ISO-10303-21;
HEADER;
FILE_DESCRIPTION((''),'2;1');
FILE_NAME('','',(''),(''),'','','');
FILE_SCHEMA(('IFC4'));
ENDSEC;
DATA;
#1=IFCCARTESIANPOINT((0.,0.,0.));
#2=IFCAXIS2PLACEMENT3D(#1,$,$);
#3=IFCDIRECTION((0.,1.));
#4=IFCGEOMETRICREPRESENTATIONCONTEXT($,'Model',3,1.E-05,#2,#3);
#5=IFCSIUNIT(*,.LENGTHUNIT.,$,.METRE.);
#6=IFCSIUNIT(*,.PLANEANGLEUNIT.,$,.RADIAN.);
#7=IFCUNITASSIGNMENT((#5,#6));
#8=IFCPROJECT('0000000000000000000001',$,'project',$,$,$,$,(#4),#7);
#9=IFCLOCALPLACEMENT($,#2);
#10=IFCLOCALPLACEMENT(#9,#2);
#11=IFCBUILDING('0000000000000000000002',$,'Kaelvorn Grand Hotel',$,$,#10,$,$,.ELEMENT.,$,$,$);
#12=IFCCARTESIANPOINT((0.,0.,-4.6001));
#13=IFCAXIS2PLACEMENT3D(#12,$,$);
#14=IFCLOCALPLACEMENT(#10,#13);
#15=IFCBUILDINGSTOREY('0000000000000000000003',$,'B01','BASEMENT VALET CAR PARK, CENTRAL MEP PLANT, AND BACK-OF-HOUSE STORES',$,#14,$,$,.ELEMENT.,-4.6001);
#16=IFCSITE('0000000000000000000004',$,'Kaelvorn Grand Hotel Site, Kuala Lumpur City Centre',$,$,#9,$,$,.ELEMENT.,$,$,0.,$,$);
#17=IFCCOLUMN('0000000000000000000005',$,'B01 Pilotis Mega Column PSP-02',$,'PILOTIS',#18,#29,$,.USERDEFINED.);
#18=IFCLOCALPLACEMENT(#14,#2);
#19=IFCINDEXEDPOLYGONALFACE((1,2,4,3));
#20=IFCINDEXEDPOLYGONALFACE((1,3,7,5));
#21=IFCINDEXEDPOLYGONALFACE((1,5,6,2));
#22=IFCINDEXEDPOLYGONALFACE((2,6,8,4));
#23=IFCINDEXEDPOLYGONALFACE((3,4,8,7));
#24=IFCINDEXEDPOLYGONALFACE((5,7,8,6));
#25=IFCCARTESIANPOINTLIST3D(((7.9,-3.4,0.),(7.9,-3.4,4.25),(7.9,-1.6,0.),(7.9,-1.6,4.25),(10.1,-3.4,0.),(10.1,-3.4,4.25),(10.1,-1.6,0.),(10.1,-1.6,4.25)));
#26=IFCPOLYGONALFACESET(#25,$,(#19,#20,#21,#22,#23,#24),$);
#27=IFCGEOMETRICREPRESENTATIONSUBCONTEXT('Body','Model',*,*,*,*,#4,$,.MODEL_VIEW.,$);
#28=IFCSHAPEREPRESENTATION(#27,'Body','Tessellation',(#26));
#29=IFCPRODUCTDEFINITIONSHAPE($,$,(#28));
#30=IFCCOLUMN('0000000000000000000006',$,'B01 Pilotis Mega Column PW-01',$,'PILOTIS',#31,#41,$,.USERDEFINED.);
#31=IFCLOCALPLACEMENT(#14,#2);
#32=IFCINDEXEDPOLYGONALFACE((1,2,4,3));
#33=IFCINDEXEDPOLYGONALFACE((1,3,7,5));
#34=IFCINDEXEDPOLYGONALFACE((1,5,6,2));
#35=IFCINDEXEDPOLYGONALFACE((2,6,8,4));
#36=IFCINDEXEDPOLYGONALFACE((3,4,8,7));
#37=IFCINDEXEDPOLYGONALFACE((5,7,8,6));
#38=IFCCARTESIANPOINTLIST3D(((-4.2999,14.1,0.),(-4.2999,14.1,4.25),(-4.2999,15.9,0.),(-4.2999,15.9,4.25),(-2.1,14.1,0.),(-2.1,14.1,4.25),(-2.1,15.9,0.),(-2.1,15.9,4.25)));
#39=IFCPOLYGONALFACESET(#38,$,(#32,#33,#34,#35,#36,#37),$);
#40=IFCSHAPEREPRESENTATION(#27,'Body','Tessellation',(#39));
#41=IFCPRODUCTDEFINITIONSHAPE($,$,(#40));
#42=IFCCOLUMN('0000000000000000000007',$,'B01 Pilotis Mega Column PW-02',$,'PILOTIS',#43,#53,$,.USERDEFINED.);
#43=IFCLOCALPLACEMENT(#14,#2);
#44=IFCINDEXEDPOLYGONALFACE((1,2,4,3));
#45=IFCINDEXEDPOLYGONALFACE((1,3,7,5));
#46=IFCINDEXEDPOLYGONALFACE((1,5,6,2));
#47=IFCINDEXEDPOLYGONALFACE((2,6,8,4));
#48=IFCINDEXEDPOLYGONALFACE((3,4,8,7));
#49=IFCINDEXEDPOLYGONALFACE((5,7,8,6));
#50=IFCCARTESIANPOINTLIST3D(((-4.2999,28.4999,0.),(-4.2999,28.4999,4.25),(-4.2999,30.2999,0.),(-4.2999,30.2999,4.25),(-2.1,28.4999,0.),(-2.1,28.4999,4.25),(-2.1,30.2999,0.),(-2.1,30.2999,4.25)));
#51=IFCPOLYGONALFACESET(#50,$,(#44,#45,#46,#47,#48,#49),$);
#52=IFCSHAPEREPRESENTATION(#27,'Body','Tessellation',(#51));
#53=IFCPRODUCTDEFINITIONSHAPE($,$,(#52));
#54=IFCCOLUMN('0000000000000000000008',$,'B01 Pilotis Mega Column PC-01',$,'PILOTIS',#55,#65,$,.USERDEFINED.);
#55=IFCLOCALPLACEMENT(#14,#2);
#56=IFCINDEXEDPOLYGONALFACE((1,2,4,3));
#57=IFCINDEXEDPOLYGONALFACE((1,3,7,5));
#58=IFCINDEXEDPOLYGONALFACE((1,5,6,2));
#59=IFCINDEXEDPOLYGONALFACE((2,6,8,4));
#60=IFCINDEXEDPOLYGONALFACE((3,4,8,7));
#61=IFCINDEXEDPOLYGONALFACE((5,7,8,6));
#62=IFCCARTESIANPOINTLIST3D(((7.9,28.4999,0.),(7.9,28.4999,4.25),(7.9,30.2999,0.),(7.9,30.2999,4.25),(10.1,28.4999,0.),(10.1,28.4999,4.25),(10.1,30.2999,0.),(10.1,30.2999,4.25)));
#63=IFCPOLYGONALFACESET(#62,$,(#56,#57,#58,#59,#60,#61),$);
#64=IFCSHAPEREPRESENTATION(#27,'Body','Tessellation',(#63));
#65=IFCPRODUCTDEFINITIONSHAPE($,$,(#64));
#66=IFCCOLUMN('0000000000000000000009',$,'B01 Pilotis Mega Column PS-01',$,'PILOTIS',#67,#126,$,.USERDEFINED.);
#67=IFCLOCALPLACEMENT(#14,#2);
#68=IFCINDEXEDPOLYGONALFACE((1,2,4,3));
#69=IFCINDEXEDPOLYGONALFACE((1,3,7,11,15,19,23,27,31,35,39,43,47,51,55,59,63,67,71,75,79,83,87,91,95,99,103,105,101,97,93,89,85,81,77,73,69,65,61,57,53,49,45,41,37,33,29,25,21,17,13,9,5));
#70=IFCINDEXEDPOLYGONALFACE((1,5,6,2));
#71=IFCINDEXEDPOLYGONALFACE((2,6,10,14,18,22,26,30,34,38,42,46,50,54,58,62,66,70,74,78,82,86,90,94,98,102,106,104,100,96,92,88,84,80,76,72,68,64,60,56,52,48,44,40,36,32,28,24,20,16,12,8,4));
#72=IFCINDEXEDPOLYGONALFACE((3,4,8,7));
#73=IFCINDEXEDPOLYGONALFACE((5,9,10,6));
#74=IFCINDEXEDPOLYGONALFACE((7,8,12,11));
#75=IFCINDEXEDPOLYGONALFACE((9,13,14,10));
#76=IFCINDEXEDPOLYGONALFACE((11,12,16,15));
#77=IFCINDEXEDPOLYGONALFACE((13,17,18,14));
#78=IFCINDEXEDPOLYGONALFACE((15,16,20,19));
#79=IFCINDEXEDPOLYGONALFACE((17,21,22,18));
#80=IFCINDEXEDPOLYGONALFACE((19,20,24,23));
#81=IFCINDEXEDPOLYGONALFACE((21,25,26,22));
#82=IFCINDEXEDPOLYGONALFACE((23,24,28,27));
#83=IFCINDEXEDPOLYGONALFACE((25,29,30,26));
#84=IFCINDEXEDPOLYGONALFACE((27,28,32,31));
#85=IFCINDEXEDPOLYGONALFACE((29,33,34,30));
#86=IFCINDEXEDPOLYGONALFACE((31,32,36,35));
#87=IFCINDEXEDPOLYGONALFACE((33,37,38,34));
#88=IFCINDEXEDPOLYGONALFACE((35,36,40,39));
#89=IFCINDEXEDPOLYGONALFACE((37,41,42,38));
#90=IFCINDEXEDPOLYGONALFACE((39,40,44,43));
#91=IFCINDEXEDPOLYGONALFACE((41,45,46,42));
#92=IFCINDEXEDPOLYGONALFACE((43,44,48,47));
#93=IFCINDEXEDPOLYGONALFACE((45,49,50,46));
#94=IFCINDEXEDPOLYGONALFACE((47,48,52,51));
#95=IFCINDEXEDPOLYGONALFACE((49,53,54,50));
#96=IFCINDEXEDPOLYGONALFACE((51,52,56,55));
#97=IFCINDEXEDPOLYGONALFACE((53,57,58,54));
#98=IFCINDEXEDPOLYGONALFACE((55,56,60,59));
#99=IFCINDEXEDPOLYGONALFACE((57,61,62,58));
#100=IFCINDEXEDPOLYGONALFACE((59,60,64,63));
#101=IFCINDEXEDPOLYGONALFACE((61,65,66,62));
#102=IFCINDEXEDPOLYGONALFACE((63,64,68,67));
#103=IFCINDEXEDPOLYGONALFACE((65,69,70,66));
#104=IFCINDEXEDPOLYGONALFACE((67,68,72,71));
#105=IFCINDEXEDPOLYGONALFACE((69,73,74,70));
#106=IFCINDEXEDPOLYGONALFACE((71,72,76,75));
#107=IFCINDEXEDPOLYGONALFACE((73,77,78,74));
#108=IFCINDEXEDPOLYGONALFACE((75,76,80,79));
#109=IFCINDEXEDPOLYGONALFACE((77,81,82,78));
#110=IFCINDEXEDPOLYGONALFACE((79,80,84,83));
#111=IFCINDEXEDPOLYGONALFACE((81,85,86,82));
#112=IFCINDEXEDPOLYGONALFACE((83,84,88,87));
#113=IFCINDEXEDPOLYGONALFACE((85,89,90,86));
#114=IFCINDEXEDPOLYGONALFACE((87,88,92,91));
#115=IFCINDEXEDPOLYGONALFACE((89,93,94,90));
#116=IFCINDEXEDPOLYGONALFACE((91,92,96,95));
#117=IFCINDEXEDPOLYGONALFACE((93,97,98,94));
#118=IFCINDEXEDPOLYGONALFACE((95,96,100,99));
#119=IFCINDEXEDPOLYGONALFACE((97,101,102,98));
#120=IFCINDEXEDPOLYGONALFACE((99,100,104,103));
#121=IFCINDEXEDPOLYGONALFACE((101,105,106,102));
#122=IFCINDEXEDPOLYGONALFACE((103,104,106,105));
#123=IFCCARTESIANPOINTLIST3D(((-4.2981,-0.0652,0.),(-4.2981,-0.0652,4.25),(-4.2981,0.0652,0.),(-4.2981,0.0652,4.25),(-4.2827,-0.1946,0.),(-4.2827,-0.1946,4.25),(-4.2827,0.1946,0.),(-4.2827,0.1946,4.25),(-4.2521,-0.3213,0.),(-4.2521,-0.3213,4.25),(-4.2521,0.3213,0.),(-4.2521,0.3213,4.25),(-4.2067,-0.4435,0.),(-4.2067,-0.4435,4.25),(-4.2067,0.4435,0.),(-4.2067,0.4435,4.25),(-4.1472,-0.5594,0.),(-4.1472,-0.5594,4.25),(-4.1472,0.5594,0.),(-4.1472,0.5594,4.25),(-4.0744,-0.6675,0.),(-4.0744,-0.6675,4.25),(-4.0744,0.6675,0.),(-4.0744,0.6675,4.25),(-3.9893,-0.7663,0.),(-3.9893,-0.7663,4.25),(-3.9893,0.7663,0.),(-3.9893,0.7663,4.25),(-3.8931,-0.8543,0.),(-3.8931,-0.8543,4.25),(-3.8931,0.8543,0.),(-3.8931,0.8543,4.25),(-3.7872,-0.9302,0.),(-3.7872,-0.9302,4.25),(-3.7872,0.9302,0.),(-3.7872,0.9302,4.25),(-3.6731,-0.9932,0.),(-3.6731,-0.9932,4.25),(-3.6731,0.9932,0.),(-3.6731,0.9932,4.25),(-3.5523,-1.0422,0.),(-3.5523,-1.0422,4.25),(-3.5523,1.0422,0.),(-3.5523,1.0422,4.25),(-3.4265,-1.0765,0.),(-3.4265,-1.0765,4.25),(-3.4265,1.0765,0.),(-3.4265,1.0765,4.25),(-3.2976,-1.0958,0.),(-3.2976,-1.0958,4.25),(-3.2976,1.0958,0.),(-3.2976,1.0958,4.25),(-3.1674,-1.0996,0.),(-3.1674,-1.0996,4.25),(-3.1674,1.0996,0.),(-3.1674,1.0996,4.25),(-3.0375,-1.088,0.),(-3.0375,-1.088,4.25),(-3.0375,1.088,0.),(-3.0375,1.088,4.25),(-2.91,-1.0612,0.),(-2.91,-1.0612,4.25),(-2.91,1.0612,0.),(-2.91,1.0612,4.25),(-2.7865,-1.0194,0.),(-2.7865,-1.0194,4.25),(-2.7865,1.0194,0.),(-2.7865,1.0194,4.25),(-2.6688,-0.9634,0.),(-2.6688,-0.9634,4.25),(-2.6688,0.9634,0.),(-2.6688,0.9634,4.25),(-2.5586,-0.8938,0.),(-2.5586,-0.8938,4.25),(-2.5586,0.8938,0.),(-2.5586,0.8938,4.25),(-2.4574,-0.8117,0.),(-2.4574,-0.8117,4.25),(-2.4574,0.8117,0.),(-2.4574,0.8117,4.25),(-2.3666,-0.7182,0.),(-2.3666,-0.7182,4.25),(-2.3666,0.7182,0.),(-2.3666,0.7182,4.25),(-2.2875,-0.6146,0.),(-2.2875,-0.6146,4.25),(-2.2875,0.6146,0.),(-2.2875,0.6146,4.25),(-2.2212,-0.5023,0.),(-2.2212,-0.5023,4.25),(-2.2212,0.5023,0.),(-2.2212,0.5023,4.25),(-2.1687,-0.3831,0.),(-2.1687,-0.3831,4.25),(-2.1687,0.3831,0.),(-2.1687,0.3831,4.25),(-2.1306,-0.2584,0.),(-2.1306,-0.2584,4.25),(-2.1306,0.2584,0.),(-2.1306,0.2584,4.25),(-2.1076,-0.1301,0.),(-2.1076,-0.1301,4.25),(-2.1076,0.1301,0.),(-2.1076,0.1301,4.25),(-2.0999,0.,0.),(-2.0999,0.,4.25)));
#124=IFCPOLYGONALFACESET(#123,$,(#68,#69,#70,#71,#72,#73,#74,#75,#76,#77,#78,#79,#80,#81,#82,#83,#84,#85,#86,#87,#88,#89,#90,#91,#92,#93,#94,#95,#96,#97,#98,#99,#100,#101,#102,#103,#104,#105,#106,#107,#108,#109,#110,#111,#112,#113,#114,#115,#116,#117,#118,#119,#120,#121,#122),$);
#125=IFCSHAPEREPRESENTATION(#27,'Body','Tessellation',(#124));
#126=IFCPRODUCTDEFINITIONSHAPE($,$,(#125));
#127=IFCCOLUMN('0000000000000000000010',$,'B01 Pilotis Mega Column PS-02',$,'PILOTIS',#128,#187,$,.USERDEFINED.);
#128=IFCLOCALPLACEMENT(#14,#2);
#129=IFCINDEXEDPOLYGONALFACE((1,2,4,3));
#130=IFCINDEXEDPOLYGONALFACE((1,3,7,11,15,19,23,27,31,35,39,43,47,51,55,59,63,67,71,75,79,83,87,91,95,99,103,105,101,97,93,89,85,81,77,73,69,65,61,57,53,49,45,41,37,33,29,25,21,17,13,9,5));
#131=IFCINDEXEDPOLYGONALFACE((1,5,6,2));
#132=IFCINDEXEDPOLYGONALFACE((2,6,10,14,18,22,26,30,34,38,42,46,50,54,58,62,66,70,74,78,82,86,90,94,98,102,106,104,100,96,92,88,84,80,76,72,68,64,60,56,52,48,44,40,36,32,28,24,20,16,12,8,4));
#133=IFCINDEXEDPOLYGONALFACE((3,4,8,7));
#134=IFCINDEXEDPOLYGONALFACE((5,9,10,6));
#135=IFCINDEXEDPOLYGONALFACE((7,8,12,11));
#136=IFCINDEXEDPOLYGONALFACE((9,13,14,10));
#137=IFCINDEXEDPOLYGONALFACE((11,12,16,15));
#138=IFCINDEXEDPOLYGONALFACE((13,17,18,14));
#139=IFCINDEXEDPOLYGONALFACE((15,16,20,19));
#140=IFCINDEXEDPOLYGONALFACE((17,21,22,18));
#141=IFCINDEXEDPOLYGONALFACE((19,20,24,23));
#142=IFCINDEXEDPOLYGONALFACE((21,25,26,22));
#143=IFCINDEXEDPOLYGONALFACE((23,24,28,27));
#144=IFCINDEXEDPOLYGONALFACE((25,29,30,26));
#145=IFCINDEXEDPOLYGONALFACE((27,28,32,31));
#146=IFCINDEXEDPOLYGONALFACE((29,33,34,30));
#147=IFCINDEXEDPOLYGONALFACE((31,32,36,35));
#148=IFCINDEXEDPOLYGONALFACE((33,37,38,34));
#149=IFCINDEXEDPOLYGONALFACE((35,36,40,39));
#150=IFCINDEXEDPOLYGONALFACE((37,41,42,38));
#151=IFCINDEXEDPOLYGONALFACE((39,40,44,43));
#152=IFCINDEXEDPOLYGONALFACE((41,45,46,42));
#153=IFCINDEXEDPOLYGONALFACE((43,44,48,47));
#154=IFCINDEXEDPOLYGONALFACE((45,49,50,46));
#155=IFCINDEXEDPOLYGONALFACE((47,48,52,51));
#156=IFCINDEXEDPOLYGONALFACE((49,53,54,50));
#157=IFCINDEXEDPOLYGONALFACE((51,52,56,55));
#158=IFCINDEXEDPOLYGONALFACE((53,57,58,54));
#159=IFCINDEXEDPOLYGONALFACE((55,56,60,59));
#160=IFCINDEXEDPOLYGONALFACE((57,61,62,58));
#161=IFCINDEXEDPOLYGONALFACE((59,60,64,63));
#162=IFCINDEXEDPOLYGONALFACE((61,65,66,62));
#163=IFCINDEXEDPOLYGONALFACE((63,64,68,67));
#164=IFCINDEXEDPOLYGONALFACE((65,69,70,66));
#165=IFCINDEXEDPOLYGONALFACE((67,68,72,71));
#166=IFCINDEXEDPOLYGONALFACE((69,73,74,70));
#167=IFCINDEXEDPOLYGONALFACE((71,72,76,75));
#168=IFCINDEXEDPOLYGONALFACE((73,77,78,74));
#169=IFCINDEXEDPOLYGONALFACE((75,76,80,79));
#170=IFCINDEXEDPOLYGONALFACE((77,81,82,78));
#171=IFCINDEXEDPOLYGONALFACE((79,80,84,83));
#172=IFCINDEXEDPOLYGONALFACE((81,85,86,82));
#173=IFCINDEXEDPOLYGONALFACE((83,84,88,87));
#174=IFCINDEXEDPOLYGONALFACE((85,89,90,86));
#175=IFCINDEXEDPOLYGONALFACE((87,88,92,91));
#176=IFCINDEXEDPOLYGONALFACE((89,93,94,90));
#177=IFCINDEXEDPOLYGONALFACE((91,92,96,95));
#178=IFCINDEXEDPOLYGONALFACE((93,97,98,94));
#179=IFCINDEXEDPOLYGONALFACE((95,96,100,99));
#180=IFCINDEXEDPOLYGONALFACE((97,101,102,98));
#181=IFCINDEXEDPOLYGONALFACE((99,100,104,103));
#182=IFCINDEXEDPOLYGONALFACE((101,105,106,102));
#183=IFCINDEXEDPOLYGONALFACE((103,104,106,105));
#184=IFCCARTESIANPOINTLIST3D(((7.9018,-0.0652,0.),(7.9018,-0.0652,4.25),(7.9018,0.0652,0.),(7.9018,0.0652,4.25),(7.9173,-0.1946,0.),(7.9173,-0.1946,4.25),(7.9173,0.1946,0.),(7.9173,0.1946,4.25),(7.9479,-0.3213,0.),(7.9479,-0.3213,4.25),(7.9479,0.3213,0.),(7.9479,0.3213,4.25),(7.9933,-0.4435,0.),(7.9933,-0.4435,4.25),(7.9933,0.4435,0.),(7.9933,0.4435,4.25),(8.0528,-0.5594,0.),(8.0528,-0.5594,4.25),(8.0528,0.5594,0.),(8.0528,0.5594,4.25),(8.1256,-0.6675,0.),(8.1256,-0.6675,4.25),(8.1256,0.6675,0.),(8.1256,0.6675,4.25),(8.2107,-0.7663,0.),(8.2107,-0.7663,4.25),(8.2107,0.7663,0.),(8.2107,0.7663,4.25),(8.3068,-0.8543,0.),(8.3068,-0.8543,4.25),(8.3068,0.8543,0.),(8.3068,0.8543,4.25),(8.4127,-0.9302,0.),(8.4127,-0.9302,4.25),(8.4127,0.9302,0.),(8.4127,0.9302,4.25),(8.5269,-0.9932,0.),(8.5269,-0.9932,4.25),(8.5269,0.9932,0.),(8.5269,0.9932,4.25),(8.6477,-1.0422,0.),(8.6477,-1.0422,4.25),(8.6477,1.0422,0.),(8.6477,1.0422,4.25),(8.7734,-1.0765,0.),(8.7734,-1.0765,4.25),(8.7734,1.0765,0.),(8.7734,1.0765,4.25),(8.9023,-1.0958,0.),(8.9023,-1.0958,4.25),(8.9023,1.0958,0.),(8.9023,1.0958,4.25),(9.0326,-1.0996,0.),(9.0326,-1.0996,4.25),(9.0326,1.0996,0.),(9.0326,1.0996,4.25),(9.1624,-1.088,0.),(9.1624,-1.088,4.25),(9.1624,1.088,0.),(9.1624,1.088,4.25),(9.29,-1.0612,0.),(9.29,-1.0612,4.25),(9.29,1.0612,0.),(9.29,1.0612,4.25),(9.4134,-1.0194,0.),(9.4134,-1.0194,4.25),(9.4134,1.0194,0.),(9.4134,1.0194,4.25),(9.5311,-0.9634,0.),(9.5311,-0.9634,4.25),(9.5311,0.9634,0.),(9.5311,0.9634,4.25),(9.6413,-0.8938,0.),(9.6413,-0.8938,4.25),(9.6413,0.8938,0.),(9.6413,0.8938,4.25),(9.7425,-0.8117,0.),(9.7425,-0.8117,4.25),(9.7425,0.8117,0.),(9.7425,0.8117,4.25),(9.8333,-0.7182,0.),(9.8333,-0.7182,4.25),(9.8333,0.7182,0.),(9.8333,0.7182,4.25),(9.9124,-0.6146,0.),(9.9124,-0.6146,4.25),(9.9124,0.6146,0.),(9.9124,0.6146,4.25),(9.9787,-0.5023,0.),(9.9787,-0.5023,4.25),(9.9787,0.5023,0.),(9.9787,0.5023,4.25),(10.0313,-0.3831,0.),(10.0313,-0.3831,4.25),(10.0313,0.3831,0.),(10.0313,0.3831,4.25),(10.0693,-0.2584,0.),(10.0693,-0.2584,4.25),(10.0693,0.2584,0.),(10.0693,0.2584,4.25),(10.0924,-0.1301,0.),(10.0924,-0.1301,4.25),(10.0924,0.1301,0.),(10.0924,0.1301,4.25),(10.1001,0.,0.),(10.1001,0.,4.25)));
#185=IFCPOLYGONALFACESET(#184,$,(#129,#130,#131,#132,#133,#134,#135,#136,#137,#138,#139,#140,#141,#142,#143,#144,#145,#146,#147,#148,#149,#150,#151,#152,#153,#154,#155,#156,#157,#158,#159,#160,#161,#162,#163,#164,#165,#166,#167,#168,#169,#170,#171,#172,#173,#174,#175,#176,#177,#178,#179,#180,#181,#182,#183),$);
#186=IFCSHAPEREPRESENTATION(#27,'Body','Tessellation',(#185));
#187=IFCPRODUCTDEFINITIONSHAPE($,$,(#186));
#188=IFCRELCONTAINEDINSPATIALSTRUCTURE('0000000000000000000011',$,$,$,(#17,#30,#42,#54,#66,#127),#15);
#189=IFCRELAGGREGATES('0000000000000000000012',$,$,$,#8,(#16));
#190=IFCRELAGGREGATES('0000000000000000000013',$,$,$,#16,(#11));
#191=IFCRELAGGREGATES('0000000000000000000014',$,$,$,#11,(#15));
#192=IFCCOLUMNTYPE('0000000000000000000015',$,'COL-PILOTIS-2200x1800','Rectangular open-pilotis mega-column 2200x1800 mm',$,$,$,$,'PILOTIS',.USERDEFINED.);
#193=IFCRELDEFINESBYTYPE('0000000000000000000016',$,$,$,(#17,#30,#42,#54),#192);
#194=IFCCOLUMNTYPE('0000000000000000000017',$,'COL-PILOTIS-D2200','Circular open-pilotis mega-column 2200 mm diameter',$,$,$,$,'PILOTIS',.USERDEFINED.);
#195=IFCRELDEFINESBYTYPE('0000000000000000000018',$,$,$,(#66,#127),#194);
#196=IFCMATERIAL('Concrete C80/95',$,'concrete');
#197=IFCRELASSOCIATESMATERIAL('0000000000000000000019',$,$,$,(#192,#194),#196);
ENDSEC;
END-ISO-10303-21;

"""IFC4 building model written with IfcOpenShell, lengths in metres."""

from ifc_helpers import new_model, si_unit, direction, frame, origin, origin_2d, place, context, subcontext, project, spatial, rectangle, circle, extrude, material, material_profile, profile_set, type_object, element, save


model = new_model("IFC4")

# Units and contexts
model_context = context("Model", 3, precision=1e-05, world=origin(), true_north=direction((0.0, 1.0)))
body_context = subcontext(model_context, "Body", "Model", "MODEL_VIEW")
ifc_project = project(units=[si_unit("LENGTHUNIT", "METRE"), si_unit("PLANEANGLEUNIT", "RADIAN")], contexts=[model_context])

# Site, building, storey
site_placement = place(None, origin())
site = spatial("IfcSite", under=ifc_project, at=site_placement, Name="Kaelvorn Grand Hotel Site, Kuala Lumpur City Centre", CompositionType="ELEMENT", RefElevation=0.0)
building_placement = place(site_placement, origin())
building = spatial("IfcBuilding", under=site, at=building_placement, Name="Kaelvorn Grand Hotel", CompositionType="ELEMENT")
storey_placement = place(building_placement, frame((0.0, 0.0, -4.6001)))
storey = spatial("IfcBuildingStorey", under=building, at=storey_placement, Name="B01", Description="BASEMENT VALET CAR PARK, CENTRAL MEP PLANT, AND BACK-OF-HOUSE STORES", CompositionType="ELEMENT", Elevation=-4.6001)

# Columns
ifc_material_1 = material(Name="Concrete C80/95", Category="concrete")
ifc_material_profile_1 = material_profile(ifc_material_1, rectangle(XDim=2.2, YDim=1.8, at=origin_2d()), Name="PILOTIS 2200x1800")
ifc_profile_set_1 = profile_set([ifc_material_profile_1], Name="Concrete C80/95")
column_type_1 = type_object("IfcColumnType", Name="COL-PILOTIS-2200x1800", Description="Rectangular open-pilotis mega-column 2200x1800 mm", ElementType="PILOTIS", PredefinedType="USERDEFINED", material=ifc_profile_set_1)
for number, where, z_axis, x_axis, name in (
    (1, (9.0, -2.5, 0.0), (0.0, 0.0, 1.0), (1.0, 0.0, 0.0), "B01 Pilotis Mega Column PSP-02"),
    (2, (-3.2, 15.0, 0.0), (0.0, 0.0, 1.0), (1.0, 0.0, 0.0), "B01 Pilotis Mega Column PW-01"),
    (3, (-3.2, 29.3999, 0.0), (0.0, 0.0, 1.0), (1.0, 0.0, 0.0), "B01 Pilotis Mega Column PW-02"),
    (4, (9.0, 29.3999, 0.0), (0.0, 0.0, 1.0), (1.0, 0.0, 0.0), "B01 Pilotis Mega Column PC-01"),
):
    element("IfcColumn", number, at=place(storey_placement, frame(where, z_axis=z_axis, x_axis=x_axis)), inside=storey, type_object=column_type_1, Name=name, ObjectType="PILOTIS", PredefinedType="USERDEFINED", context=body_context, shape_type="SweptSolid", body=[
        extrude(rectangle(XDim=2.2, YDim=1.8, at=origin_2d()), origin(), (0.0, 0.0, 1.0), 4.25),
    ])
ifc_material_profile_2 = material_profile(ifc_material_1, circle(Radius=1.1001, at=origin_2d()), Name="PILOTIS D2200")
ifc_profile_set_2 = profile_set([ifc_material_profile_2], Name="Concrete C80/95")
column_type_2 = type_object("IfcColumnType", Name="COL-PILOTIS-D2200", Description="Circular open-pilotis mega-column 2200 mm diameter", ElementType="PILOTIS", PredefinedType="USERDEFINED", material=ifc_profile_set_2)
for number, where, z_axis, x_axis, name in (
    (5, (-3.2, 0.0, 0.0), (0.0, 0.0, 1.0), (1.0, 0.0, 0.0), "B01 Pilotis Mega Column PS-01"),
    (6, (9.0, 0.0, 0.0), (0.0, 0.0, 1.0), (1.0, 0.0, 0.0), "B01 Pilotis Mega Column PS-02"),
):
    element("IfcColumn", number, at=place(storey_placement, frame(where, z_axis=z_axis, x_axis=x_axis)), inside=storey, type_object=column_type_2, Name=name, ObjectType="PILOTIS", PredefinedType="USERDEFINED", context=body_context, shape_type="SweptSolid", body=[
        extrude(circle(Radius=1.1001, at=origin_2d()), origin(), (0.0, 0.0, 1.0), 4.25),
    ])

save(model, "model.ifc")
